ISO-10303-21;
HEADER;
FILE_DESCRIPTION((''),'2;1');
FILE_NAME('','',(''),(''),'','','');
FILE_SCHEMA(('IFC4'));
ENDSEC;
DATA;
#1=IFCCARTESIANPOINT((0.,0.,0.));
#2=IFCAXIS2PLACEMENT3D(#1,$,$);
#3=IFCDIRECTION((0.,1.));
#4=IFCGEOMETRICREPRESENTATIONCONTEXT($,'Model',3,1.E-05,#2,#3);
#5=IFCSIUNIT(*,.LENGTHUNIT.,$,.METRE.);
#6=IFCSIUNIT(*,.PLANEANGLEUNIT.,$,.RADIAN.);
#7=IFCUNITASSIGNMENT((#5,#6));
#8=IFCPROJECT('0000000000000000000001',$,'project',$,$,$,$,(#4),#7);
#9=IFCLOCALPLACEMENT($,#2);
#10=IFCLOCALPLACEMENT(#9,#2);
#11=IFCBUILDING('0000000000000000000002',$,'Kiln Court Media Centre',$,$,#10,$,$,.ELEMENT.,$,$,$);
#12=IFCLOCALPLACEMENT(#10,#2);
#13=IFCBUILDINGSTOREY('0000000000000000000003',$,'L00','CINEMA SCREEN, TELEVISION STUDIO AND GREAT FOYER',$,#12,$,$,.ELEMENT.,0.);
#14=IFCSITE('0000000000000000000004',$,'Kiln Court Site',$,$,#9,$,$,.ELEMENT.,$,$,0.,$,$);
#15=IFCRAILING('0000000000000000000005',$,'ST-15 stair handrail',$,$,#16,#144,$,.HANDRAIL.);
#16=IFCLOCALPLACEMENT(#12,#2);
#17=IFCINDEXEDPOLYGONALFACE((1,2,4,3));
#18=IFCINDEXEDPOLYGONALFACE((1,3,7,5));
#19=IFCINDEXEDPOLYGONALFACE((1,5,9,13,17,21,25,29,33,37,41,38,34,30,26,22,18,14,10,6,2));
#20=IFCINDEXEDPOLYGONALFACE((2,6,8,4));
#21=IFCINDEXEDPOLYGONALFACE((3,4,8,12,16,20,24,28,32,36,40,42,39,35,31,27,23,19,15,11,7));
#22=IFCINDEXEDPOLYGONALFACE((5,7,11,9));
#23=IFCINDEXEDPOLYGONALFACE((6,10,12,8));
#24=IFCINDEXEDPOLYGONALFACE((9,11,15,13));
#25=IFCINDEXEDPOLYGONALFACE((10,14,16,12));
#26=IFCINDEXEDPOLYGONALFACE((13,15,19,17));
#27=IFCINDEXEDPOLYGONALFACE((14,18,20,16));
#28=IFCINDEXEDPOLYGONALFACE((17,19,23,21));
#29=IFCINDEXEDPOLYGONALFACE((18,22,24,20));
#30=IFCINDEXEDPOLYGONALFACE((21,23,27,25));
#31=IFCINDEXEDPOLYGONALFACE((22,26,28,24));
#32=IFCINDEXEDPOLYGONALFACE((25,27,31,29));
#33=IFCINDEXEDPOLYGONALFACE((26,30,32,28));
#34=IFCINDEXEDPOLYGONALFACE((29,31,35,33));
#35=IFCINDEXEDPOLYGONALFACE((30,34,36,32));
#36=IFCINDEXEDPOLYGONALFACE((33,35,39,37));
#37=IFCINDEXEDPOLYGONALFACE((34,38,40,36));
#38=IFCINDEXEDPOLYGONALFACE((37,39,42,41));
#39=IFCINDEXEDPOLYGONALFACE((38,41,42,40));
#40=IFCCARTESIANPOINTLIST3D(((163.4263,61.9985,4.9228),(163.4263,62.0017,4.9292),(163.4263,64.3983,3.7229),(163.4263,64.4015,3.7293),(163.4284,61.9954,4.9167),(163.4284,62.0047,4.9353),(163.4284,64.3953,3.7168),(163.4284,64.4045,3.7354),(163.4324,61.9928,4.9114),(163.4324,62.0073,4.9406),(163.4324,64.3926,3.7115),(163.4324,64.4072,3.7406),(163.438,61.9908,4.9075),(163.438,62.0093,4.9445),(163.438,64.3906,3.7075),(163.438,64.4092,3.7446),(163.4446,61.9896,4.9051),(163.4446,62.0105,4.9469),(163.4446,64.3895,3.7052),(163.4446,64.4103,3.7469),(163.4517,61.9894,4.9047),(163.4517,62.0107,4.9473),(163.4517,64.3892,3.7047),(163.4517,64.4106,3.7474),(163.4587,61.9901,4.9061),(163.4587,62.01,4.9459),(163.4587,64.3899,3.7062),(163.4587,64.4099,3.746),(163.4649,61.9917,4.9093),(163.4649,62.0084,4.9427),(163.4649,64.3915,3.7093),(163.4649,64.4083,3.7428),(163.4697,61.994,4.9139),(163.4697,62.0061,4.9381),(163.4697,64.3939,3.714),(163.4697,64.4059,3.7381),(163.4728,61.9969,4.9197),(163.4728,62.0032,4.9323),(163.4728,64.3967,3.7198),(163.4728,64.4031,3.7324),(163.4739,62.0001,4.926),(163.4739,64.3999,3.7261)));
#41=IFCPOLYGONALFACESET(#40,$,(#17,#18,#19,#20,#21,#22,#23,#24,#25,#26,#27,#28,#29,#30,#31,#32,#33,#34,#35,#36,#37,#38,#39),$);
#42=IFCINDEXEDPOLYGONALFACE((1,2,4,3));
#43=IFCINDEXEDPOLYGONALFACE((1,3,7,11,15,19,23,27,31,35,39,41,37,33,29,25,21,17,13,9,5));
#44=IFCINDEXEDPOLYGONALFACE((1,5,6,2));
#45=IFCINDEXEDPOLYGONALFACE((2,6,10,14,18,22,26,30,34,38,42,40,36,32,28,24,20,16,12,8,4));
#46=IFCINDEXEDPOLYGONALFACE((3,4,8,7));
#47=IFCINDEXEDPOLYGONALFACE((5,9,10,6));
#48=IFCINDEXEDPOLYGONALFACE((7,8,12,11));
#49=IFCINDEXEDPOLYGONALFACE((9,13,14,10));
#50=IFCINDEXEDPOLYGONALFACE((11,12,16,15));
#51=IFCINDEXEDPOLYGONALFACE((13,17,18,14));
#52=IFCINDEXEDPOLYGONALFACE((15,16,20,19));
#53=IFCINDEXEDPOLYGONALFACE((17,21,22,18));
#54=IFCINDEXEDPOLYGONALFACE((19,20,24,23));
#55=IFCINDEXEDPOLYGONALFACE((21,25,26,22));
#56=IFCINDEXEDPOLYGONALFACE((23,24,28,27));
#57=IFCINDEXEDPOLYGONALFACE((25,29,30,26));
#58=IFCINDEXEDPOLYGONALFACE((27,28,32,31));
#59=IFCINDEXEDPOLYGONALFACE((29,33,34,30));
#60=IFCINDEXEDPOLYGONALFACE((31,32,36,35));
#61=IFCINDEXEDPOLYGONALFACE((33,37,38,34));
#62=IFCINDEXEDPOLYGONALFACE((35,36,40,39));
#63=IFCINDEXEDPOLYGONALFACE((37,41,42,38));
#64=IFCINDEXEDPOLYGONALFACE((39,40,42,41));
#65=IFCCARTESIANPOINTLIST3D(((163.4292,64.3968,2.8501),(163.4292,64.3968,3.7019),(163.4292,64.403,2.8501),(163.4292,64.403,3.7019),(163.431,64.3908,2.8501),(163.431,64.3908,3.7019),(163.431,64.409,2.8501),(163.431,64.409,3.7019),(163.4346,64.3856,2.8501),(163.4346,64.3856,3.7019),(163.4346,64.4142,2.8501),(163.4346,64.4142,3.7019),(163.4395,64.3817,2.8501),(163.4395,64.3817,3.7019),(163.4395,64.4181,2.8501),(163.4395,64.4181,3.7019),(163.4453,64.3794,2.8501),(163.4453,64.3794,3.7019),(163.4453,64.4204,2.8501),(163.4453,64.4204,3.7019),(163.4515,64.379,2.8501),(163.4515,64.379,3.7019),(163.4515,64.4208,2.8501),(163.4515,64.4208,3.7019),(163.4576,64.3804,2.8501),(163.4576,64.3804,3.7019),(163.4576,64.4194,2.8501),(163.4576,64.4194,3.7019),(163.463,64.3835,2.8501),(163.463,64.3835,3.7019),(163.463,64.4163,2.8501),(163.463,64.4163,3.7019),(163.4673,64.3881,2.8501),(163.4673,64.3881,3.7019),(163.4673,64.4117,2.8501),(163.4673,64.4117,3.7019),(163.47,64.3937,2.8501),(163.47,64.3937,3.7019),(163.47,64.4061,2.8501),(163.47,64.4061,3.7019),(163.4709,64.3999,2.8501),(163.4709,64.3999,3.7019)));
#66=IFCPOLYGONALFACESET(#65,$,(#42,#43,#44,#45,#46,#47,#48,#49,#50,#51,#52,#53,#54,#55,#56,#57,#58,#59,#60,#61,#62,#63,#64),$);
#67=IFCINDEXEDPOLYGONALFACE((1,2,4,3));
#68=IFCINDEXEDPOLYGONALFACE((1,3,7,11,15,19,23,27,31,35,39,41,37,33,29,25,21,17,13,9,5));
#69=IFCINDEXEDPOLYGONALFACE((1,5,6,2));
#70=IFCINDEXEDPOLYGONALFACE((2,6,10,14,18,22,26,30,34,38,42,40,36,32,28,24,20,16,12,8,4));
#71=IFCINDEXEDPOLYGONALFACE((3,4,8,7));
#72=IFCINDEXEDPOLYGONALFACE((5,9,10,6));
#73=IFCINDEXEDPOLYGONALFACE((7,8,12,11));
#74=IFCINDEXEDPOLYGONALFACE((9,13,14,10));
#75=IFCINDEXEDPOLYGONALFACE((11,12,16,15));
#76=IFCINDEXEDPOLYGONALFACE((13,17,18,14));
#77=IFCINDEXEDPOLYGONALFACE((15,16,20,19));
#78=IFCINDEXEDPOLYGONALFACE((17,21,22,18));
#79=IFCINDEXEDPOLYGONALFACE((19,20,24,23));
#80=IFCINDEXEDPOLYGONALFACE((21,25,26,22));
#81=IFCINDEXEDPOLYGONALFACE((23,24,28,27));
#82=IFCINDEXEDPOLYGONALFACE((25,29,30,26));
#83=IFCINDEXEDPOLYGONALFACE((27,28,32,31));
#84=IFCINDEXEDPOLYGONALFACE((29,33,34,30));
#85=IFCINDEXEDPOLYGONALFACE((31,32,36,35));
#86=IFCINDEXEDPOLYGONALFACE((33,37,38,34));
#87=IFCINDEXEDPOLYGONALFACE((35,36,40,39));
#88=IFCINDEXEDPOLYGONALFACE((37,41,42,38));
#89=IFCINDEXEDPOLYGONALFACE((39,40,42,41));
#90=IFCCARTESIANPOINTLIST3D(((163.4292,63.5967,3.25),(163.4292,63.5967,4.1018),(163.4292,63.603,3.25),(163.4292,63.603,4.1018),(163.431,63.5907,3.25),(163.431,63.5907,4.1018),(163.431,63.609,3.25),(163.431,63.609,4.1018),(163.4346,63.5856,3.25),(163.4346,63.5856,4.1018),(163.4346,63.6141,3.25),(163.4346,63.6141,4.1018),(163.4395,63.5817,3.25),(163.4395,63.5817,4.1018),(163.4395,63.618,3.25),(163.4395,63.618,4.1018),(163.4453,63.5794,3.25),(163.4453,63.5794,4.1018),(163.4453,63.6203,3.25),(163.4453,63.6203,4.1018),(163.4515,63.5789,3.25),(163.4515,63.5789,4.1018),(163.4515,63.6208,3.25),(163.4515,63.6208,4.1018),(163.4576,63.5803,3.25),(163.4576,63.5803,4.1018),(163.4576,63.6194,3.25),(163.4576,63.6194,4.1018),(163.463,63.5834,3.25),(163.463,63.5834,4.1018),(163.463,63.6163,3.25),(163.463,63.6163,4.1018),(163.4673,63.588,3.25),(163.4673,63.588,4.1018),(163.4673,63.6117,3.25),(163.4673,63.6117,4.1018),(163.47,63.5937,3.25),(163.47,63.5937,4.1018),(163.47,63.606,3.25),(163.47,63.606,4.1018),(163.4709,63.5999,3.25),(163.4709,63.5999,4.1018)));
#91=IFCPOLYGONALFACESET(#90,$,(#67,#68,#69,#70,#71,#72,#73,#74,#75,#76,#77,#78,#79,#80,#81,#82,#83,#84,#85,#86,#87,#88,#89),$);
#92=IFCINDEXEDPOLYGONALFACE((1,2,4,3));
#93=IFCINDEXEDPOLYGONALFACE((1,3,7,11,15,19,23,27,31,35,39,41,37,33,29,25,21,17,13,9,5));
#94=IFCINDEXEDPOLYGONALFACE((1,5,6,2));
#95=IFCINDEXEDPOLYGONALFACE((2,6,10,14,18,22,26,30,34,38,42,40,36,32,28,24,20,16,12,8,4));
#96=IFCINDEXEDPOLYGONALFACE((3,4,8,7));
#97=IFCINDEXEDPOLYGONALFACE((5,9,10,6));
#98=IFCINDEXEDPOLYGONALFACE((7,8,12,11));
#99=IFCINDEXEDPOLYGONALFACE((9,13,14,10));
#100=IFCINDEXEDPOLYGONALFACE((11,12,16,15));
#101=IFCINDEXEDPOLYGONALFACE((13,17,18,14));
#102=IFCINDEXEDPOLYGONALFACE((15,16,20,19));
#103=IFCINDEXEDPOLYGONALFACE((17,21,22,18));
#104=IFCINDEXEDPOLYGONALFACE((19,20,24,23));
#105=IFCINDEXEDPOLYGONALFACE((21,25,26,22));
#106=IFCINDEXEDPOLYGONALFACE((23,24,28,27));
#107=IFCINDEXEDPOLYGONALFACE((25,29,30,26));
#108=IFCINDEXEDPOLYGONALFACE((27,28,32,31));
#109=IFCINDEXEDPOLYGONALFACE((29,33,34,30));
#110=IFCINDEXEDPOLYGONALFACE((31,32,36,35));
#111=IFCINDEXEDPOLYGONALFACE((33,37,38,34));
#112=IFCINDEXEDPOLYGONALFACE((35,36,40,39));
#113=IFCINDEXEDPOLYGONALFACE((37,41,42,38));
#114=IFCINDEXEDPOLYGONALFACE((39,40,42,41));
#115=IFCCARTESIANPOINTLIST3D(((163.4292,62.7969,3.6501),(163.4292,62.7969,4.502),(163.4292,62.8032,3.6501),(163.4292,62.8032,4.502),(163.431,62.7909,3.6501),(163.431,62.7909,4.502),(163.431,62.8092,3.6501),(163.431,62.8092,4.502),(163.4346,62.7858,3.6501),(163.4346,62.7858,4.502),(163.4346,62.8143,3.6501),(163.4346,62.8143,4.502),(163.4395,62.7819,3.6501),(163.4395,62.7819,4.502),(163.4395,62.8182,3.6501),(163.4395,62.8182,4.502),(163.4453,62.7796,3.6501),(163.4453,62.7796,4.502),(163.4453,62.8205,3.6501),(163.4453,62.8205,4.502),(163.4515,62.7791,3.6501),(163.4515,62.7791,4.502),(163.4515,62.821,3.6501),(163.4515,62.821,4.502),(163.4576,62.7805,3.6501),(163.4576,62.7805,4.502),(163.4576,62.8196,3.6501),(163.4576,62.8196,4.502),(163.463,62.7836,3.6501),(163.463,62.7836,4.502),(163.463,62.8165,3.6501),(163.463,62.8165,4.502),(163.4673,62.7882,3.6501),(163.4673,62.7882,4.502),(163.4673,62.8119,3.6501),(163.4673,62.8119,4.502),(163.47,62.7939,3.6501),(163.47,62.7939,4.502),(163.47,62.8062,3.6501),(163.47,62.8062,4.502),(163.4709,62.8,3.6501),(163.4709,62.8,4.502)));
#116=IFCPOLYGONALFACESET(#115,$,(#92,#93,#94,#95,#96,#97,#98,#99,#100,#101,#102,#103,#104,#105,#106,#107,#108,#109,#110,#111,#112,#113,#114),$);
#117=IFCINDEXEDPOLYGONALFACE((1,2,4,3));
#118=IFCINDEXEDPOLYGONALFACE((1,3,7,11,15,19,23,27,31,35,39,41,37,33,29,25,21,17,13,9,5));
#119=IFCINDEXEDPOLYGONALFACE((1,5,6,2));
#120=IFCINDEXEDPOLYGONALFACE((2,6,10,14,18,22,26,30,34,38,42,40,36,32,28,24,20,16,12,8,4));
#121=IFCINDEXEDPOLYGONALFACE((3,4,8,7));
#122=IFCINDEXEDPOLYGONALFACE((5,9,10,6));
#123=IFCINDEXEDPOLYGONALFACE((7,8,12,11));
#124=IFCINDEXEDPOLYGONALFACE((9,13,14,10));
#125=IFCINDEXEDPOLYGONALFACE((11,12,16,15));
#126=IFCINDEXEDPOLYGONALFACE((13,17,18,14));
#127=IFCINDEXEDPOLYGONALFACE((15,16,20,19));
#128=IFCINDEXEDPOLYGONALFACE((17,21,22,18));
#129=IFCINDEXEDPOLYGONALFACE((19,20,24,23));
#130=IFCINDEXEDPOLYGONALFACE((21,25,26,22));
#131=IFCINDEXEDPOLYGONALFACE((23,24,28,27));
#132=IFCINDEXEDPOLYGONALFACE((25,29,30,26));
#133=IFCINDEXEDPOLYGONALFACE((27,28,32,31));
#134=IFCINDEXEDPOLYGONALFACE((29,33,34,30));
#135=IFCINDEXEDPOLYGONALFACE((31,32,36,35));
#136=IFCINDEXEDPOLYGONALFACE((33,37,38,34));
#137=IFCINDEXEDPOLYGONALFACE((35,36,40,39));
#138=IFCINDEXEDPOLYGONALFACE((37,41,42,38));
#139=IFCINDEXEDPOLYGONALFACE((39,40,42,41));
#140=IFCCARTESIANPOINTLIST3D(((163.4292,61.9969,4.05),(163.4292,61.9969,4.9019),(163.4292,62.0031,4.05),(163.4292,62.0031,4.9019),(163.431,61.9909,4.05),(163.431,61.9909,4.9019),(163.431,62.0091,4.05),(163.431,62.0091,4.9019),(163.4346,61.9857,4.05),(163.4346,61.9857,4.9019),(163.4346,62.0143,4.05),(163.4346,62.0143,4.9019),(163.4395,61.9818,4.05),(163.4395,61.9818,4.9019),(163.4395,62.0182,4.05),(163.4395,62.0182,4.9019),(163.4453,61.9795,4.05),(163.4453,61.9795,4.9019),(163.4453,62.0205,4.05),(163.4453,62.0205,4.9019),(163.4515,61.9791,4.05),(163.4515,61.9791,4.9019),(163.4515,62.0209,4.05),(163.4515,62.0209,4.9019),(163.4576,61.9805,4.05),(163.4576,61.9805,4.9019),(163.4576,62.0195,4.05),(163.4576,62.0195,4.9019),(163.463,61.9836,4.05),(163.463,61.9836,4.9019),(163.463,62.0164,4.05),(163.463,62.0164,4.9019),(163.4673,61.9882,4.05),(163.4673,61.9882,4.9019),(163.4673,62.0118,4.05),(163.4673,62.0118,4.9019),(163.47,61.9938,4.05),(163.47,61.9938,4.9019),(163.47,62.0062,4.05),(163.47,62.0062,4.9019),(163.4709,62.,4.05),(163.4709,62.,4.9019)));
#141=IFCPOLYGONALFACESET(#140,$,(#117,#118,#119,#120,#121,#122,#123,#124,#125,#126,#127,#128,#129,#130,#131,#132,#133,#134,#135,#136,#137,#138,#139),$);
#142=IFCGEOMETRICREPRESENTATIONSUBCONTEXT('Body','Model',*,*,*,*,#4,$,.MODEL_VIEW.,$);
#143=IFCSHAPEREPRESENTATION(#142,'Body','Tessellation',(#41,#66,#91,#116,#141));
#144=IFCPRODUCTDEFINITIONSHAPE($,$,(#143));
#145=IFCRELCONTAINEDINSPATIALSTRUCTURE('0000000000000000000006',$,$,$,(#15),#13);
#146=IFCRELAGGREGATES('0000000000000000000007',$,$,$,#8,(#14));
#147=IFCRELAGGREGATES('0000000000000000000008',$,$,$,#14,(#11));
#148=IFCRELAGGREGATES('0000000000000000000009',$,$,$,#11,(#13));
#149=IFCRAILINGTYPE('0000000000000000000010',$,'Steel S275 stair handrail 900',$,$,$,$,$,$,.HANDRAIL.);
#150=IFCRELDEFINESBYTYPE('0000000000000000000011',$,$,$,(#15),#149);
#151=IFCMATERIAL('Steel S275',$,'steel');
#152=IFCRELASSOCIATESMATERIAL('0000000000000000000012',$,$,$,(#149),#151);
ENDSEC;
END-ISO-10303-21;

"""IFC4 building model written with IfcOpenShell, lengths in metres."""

from ifc_helpers import new_model, si_unit, direction, frame, origin, origin_2d, place, context, subcontext, project, spatial, circle, extrude, material, type_object, element, save


model = new_model("IFC4")

# Units and contexts
model_context = context("Model", 3, precision=1e-05, world=origin(), true_north=direction((0.0, 1.0)))
body_context = subcontext(model_context, "Body", "Model", "MODEL_VIEW")
ifc_project = project(units=[si_unit("LENGTHUNIT", "METRE"), si_unit("PLANEANGLEUNIT", "RADIAN")], contexts=[model_context])

# Site, building, storey
site_placement = place(None, origin())
site = spatial("IfcSite", under=ifc_project, at=site_placement, Name="Kiln Court Site", CompositionType="ELEMENT", RefElevation=0.0)
building_placement = place(site_placement, origin())
building = spatial("IfcBuilding", under=site, at=building_placement, Name="Kiln Court Media Centre", CompositionType="ELEMENT")
storey_placement = place(building_placement, origin())
storey = spatial("IfcBuildingStorey", under=building, at=storey_placement, Name="L00", Description="CINEMA SCREEN, TELEVISION STUDIO AND GREAT FOYER", CompositionType="ELEMENT", Elevation=0.0)

# Railing
ifc_material_1 = material(Name="Steel S275", Category="steel")
railing_type_1 = type_object("IfcRailingType", Name="Steel S275 stair handrail 900", PredefinedType="HANDRAIL", material=ifc_material_1)
railing_1_placement = place(storey_placement, frame((163.45, 64.3999, 2.8501)))
element("IfcRailing", 1, at=railing_1_placement, inside=storey, type_object=railing_type_1, Name="ST-15 stair handrail", PredefinedType="HANDRAIL", context=body_context, shape_type="SweptSolid", body=[
    extrude(circle(Radius=0.0239, at=origin_2d()), frame((0.0, 0.0, 0.876), z_axis=(0.0, -0.894427, 0.447214), x_axis=(1.0, 0.0, 0.0)), (0.0, 0.0, 1.0), 2.6831),
    extrude(circle(Radius=0.021, at=origin_2d()), origin(), (0.0, 0.0, 1.0), 0.8518),
    extrude(circle(Radius=0.021, at=origin_2d()), frame((0.0, -0.8, 0.3999)), (0.0, 0.0, 1.0), 0.8518),
    extrude(circle(Radius=0.021, at=origin_2d()), frame((0.0, -1.5999, 0.8)), (0.0, 0.0, 1.0), 0.8518),
    extrude(circle(Radius=0.021, at=origin_2d()), frame((0.0, -2.3999, 1.2)), (0.0, 0.0, 1.0), 0.8518),
])

save(model, "model.ifc")
